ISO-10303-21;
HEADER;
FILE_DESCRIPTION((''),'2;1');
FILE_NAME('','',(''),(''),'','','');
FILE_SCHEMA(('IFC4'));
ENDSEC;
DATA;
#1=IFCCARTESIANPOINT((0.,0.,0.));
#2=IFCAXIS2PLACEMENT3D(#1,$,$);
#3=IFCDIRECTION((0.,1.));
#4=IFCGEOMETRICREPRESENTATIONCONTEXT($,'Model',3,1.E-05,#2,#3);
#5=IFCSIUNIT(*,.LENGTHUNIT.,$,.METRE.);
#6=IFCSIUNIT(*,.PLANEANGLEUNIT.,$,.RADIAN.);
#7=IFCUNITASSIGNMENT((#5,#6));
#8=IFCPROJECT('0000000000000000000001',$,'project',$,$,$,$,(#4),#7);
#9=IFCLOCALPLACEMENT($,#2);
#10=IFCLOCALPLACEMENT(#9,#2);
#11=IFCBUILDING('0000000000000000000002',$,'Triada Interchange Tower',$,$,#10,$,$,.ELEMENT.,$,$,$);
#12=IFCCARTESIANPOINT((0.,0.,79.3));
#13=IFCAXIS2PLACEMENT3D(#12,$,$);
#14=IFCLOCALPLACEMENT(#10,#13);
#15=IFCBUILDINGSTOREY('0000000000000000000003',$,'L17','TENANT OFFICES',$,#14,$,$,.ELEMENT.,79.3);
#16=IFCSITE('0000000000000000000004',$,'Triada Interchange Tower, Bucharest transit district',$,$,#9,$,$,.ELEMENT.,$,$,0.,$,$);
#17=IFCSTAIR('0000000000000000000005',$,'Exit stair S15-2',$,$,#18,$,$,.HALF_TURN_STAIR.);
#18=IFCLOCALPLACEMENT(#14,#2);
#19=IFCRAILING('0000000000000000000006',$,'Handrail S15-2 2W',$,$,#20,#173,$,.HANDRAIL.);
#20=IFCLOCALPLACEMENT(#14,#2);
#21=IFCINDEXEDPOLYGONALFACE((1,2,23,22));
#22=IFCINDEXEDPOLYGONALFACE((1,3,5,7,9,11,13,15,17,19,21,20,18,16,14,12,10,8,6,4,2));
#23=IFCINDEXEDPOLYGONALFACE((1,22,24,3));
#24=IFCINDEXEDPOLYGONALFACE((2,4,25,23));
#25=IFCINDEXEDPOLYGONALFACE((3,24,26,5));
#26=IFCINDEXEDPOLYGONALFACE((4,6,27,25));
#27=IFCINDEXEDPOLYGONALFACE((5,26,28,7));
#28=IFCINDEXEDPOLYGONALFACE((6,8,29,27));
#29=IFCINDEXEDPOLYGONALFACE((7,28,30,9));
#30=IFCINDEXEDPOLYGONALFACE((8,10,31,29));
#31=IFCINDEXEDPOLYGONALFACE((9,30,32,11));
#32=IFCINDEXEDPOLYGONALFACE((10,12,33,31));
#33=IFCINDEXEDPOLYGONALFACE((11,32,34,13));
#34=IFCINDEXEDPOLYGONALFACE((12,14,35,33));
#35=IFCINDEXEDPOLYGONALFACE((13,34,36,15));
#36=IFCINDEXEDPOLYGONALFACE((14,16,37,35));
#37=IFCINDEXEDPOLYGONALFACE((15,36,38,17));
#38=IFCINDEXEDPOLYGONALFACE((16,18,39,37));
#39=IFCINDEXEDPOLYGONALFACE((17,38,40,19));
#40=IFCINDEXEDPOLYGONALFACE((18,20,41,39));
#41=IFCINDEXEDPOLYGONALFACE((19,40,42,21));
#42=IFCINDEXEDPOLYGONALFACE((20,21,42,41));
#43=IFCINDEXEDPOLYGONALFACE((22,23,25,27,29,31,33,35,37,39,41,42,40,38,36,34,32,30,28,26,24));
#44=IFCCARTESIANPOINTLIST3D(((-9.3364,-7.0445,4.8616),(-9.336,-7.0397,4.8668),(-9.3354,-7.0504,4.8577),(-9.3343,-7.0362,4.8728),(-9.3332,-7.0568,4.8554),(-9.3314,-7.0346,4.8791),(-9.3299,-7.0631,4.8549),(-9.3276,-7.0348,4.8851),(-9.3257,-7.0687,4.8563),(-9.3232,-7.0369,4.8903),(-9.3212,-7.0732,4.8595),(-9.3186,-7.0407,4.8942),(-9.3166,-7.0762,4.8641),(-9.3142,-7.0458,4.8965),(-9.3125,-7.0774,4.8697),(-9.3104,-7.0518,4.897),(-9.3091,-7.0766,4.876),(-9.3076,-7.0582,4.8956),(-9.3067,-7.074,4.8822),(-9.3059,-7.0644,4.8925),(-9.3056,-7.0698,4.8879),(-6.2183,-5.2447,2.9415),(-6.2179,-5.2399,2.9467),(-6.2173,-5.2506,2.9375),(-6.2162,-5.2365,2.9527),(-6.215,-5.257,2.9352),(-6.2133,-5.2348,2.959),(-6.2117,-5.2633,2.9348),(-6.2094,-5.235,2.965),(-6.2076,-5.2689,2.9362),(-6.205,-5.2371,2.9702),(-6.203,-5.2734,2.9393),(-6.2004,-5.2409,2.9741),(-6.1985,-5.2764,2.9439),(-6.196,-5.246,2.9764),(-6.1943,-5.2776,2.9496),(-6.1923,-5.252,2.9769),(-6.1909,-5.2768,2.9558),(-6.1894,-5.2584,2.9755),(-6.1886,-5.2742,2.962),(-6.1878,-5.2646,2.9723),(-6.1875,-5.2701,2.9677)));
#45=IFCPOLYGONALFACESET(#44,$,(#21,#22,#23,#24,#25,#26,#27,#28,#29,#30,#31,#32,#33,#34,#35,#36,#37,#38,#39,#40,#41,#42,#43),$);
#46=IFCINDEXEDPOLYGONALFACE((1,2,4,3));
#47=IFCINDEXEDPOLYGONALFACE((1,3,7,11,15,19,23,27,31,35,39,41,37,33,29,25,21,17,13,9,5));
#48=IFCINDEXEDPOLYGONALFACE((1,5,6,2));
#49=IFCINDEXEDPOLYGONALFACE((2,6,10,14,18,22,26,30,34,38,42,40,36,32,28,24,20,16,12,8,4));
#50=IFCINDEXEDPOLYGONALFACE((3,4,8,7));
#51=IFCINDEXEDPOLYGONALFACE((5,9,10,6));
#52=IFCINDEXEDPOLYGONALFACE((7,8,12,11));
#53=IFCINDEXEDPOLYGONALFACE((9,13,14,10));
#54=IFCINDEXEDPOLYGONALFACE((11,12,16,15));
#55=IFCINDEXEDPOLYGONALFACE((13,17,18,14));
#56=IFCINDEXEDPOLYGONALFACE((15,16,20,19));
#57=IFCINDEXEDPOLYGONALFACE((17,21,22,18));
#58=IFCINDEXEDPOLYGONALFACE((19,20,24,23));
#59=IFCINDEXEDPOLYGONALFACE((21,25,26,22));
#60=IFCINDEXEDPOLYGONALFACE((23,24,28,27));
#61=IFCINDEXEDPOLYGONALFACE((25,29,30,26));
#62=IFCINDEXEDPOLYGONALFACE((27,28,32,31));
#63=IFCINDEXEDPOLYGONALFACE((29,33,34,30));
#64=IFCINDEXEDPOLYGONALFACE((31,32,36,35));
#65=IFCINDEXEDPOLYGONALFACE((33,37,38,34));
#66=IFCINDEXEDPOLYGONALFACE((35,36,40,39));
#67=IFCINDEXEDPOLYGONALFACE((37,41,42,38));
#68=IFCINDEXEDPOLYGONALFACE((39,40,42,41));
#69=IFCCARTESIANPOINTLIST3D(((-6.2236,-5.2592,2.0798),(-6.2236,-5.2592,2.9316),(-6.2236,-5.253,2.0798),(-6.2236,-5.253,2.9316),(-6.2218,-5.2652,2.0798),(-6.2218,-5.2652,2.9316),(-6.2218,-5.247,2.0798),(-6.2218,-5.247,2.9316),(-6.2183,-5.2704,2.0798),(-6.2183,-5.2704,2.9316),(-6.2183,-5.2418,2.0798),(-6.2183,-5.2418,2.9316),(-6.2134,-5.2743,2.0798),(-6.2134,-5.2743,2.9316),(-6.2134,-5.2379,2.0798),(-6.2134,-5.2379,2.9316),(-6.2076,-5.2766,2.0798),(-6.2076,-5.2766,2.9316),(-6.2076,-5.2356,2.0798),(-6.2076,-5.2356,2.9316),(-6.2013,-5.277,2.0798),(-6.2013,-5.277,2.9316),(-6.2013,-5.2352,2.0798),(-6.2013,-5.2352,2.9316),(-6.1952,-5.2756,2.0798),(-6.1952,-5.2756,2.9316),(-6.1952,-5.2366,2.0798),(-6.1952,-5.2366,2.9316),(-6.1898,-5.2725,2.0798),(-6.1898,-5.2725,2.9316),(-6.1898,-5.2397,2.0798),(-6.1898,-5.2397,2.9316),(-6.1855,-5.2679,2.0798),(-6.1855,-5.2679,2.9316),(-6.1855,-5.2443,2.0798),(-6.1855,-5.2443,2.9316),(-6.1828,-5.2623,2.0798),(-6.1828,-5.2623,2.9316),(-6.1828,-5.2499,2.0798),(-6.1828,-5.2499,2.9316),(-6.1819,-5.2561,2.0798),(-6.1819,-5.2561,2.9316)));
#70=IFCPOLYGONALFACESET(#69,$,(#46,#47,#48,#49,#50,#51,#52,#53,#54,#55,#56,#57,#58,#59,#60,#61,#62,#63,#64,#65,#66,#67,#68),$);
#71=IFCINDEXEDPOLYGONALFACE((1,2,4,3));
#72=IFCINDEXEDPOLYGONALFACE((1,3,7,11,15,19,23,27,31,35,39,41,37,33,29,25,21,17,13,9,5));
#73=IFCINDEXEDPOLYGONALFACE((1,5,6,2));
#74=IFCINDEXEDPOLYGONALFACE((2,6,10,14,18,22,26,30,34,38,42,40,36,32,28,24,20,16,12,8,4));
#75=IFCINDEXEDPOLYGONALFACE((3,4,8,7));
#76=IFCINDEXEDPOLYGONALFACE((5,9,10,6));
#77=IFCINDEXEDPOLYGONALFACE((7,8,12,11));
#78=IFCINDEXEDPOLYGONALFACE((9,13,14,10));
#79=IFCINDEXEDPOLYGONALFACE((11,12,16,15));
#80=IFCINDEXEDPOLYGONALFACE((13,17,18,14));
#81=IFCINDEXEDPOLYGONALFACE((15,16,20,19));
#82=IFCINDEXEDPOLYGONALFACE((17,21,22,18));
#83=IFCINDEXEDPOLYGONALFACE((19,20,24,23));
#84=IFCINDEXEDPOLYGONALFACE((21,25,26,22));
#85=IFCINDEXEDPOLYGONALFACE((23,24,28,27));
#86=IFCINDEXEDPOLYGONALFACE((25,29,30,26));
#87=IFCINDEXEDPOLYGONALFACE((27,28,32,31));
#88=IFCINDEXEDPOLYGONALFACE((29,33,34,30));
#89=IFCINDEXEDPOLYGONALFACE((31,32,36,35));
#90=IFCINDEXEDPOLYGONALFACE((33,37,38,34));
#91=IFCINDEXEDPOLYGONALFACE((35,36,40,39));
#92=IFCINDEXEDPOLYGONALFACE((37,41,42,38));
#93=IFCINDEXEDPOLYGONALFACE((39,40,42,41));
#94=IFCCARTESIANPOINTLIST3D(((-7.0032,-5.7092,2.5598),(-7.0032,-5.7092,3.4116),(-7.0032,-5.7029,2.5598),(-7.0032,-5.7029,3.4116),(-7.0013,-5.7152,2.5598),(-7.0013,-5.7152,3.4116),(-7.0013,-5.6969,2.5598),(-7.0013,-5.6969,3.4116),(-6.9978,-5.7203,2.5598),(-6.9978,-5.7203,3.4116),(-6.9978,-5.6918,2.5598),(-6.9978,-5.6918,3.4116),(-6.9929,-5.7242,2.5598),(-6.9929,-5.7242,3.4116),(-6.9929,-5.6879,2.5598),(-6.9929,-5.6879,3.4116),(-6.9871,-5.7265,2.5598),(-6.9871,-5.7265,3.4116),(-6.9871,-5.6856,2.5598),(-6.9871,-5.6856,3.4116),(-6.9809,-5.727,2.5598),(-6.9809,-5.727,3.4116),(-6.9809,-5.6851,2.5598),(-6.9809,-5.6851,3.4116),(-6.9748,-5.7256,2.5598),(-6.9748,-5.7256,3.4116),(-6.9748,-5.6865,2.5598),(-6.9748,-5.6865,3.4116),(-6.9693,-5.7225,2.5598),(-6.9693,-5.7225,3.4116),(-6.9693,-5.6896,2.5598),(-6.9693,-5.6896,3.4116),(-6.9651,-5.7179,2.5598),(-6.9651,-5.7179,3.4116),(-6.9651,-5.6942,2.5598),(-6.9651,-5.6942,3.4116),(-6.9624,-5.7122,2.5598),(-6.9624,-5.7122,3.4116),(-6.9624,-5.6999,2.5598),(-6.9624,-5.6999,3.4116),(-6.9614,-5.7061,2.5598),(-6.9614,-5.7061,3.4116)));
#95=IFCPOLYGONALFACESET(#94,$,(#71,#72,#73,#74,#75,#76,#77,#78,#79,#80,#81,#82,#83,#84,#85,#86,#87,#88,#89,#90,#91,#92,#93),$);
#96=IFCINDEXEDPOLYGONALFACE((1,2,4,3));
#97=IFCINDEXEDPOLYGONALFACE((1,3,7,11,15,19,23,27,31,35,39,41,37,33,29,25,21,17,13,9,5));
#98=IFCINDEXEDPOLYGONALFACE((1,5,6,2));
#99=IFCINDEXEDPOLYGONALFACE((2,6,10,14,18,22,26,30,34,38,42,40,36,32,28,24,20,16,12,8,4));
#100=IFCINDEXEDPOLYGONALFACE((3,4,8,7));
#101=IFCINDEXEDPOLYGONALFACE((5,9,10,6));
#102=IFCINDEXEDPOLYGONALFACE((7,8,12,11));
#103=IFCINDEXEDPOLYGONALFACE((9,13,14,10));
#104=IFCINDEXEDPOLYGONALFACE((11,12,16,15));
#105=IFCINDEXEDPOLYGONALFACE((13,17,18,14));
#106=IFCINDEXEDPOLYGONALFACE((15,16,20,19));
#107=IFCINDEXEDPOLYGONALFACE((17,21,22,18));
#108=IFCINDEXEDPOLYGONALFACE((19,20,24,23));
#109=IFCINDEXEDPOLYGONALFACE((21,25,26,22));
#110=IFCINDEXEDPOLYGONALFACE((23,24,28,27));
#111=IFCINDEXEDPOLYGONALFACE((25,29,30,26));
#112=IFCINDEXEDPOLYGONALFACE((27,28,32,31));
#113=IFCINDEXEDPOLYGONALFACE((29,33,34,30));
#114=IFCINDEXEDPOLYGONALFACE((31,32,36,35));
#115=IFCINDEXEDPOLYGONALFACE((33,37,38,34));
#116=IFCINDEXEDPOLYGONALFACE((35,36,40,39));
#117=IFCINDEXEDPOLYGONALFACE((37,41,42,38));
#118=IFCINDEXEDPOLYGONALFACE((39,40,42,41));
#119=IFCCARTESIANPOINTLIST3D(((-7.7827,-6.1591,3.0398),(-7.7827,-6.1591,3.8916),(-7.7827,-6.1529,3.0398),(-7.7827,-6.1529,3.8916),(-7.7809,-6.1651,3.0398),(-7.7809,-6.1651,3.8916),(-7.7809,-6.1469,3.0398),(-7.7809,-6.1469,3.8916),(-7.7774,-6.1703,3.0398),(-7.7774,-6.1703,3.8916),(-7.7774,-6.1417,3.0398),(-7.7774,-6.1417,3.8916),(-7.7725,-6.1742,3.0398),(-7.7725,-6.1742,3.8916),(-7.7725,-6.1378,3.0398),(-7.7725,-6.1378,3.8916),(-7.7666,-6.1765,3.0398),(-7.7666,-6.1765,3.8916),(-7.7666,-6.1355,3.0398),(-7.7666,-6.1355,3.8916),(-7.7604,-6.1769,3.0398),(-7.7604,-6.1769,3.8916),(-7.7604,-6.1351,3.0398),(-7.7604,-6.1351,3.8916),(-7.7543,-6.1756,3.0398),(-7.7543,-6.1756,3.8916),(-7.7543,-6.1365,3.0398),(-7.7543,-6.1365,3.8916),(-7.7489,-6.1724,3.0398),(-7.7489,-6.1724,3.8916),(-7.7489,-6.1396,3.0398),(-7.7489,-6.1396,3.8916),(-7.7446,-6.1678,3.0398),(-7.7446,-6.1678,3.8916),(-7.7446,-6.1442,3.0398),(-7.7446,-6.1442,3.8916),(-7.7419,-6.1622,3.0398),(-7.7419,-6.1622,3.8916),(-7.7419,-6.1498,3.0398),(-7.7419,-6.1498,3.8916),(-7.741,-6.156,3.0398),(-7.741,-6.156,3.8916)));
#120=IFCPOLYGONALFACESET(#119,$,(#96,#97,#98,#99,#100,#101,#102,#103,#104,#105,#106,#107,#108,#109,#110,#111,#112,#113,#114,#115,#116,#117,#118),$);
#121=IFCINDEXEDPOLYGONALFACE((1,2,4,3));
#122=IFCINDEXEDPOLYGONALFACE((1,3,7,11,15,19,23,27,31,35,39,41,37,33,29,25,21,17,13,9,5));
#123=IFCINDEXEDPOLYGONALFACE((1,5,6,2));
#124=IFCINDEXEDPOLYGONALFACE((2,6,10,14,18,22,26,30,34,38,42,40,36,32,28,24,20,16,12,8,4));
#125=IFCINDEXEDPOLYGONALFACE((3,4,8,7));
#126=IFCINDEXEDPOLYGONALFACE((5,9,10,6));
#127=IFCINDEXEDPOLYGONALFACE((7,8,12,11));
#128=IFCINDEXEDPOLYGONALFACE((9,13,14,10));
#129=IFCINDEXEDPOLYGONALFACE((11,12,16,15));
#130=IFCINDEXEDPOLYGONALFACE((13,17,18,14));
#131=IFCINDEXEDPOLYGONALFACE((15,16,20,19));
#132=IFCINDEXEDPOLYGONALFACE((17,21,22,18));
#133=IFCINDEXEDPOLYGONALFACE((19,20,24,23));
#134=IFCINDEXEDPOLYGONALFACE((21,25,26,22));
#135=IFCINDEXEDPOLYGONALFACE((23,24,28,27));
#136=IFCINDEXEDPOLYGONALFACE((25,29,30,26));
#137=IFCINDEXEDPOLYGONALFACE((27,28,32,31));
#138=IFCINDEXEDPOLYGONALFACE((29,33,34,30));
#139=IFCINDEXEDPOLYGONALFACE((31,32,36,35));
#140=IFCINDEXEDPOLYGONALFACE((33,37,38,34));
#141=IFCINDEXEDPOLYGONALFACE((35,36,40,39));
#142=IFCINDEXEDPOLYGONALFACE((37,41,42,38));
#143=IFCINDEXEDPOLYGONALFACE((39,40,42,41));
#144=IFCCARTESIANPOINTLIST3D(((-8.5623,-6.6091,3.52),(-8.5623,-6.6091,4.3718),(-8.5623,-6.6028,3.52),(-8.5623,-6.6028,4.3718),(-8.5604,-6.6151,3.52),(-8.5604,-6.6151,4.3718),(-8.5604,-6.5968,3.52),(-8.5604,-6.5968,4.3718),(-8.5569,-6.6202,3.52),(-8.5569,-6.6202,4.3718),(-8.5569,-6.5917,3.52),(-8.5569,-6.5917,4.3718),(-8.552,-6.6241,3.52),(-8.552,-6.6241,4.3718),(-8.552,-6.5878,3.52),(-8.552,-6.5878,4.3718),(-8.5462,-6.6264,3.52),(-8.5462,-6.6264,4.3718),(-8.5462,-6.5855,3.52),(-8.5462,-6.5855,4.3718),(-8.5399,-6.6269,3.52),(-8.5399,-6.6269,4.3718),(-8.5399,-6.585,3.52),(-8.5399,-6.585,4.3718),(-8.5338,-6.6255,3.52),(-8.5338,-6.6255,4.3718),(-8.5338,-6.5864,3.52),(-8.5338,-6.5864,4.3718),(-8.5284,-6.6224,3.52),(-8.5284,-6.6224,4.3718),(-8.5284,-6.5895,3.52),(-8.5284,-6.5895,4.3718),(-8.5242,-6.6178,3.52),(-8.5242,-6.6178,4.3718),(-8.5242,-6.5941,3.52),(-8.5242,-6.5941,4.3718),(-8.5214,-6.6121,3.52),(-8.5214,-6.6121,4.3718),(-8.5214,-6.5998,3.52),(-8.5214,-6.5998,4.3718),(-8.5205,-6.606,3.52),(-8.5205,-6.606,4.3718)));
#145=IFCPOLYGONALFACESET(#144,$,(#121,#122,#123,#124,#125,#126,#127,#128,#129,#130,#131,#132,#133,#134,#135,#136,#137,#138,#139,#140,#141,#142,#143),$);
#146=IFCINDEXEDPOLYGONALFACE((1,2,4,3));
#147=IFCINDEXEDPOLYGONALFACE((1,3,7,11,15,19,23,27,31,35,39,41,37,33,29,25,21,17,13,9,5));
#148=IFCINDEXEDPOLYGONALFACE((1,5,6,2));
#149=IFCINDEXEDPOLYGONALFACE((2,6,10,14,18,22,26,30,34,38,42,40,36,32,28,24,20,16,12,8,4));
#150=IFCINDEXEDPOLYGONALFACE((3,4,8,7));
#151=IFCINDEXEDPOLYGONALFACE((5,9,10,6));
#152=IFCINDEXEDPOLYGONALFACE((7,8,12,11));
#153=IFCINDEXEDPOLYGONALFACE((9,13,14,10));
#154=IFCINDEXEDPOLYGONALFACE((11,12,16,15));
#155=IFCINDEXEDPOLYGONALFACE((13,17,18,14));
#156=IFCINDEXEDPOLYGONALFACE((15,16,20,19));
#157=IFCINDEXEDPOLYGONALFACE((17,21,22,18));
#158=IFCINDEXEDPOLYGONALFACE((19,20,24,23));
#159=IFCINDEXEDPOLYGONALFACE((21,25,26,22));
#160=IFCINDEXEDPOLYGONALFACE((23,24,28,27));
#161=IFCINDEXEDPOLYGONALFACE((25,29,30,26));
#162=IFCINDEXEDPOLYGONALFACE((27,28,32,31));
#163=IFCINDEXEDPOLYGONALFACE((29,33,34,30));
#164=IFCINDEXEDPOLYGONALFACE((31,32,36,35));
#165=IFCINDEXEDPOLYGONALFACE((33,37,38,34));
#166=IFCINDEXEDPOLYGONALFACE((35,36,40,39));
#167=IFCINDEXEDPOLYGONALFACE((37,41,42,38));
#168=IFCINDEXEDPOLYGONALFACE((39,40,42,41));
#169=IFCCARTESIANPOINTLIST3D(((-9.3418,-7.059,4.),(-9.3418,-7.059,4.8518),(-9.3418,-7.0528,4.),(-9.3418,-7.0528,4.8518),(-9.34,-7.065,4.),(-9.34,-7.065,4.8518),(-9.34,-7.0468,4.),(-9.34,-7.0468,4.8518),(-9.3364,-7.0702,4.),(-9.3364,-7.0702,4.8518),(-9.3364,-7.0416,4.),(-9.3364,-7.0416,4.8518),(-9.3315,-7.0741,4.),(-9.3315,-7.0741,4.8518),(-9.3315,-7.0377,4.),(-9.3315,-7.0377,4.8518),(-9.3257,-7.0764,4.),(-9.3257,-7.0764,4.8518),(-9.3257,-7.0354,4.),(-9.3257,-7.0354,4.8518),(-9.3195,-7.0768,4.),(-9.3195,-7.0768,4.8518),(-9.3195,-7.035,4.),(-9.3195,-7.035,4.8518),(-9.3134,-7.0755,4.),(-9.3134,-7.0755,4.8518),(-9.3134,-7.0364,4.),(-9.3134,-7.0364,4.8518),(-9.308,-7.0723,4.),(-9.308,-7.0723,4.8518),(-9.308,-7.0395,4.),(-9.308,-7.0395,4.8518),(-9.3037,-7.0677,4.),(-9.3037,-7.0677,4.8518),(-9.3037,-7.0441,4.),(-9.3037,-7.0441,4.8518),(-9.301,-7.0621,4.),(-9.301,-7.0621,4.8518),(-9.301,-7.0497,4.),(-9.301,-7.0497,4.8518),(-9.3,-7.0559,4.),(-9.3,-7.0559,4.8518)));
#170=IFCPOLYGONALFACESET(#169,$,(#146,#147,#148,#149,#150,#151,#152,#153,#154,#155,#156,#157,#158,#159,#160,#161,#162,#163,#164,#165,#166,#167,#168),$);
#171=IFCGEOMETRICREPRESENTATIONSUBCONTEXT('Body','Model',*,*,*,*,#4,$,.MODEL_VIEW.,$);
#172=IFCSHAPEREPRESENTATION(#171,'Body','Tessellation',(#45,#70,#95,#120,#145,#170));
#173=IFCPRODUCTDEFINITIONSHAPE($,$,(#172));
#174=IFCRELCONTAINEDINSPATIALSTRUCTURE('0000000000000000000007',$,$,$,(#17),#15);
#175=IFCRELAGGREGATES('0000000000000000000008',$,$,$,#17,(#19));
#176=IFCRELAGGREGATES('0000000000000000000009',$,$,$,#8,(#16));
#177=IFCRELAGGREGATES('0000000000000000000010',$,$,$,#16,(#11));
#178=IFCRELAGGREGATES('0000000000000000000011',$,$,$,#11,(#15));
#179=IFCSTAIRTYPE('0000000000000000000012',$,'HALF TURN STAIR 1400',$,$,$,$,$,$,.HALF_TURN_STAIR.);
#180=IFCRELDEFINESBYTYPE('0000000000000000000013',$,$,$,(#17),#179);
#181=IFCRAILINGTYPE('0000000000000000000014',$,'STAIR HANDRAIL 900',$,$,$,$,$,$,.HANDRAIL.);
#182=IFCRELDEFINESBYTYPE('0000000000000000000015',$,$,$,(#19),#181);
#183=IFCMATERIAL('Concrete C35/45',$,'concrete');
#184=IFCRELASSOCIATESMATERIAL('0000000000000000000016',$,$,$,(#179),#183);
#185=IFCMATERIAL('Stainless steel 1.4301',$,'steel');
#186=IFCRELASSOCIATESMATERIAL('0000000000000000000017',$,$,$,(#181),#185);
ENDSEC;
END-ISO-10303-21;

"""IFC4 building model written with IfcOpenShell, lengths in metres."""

from ifc_helpers import new_model, si_unit, direction, frame, origin, origin_2d, place, context, subcontext, project, spatial, circle, extrude, material, type_object, element, aggregate, save


model = new_model("IFC4")

# Units and contexts
model_context = context("Model", 3, precision=1e-05, world=origin(), true_north=direction((0.0, 1.0)))
body_context = subcontext(model_context, "Body", "Model", "MODEL_VIEW")
ifc_project = project(units=[si_unit("LENGTHUNIT", "METRE"), si_unit("PLANEANGLEUNIT", "RADIAN")], contexts=[model_context])

# Site, building, storey
site_placement = place(None, origin())
site = spatial("IfcSite", under=ifc_project, at=site_placement, Name="Triada Interchange Tower, Bucharest transit district", CompositionType="ELEMENT", RefElevation=0.0)
building_placement = place(site_placement, origin())
building = spatial("IfcBuilding", under=site, at=building_placement, Name="Triada Interchange Tower", CompositionType="ELEMENT")
storey_placement = place(building_placement, frame((0.0, 0.0, 79.3)))
storey = spatial("IfcBuildingStorey", under=building, at=storey_placement, Name="L17", Description="TENANT OFFICES", CompositionType="ELEMENT", Elevation=79.3)

# Stair, railing
ifc_material_1 = material(Name="Concrete C35/45", Category="concrete")
stair_type = type_object("IfcStairType", Name="HALF TURN STAIR 1400", PredefinedType="HALF_TURN_STAIR", material=ifc_material_1)
stair_placement = place(storey_placement, origin())
stair = element("IfcStair", 1, at=stair_placement, inside=storey, type_object=stair_type, Name="Exit stair S15-2", PredefinedType="HALF_TURN_STAIR")
ifc_material_2 = material(Name="Stainless steel 1.4301", Category="steel")
railing_type = type_object("IfcRailingType", Name="STAIR HANDRAIL 900", PredefinedType="HANDRAIL", material=ifc_material_2)
railing_1_placement = place(storey_placement, frame((-6.2029, -5.2561, 2.0798)))
railing_1 = element("IfcRailing", 2, at=railing_1_placement, type_object=railing_type, Name="Handrail S15-2 2W", PredefinedType="HANDRAIL", context=body_context, shape_type="SweptSolid", body=[
    extrude(circle(Radius=0.0239, at=origin_2d()), frame((0.0, 0.0, 0.876), z_axis=(-0.76419, -0.44109, 0.470588), x_axis=(0.499902, -0.866082, 0.0)), (0.0, 0.0, 1.0), 4.0803),
    extrude(circle(Radius=0.021, at=origin_2d()), origin(), (0.0, 0.0, 1.0), 0.8518),
    extrude(circle(Radius=0.021, at=origin_2d()), frame((-0.7795, -0.45, 0.48)), (0.0, 0.0, 1.0), 0.8518),
    extrude(circle(Radius=0.021, at=origin_2d()), frame((-1.5591, -0.8999, 0.96)), (0.0, 0.0, 1.0), 0.8518),
    extrude(circle(Radius=0.021, at=origin_2d()), frame((-2.3386, -1.3499, 1.4402)), (0.0, 0.0, 1.0), 0.8518),
    extrude(circle(Radius=0.021, at=origin_2d()), frame((-3.1182, -1.7998, 1.9202)), (0.0, 0.0, 1.0), 0.8518),
])
aggregate(stair, [railing_1])

save(model, "model.ifc")
